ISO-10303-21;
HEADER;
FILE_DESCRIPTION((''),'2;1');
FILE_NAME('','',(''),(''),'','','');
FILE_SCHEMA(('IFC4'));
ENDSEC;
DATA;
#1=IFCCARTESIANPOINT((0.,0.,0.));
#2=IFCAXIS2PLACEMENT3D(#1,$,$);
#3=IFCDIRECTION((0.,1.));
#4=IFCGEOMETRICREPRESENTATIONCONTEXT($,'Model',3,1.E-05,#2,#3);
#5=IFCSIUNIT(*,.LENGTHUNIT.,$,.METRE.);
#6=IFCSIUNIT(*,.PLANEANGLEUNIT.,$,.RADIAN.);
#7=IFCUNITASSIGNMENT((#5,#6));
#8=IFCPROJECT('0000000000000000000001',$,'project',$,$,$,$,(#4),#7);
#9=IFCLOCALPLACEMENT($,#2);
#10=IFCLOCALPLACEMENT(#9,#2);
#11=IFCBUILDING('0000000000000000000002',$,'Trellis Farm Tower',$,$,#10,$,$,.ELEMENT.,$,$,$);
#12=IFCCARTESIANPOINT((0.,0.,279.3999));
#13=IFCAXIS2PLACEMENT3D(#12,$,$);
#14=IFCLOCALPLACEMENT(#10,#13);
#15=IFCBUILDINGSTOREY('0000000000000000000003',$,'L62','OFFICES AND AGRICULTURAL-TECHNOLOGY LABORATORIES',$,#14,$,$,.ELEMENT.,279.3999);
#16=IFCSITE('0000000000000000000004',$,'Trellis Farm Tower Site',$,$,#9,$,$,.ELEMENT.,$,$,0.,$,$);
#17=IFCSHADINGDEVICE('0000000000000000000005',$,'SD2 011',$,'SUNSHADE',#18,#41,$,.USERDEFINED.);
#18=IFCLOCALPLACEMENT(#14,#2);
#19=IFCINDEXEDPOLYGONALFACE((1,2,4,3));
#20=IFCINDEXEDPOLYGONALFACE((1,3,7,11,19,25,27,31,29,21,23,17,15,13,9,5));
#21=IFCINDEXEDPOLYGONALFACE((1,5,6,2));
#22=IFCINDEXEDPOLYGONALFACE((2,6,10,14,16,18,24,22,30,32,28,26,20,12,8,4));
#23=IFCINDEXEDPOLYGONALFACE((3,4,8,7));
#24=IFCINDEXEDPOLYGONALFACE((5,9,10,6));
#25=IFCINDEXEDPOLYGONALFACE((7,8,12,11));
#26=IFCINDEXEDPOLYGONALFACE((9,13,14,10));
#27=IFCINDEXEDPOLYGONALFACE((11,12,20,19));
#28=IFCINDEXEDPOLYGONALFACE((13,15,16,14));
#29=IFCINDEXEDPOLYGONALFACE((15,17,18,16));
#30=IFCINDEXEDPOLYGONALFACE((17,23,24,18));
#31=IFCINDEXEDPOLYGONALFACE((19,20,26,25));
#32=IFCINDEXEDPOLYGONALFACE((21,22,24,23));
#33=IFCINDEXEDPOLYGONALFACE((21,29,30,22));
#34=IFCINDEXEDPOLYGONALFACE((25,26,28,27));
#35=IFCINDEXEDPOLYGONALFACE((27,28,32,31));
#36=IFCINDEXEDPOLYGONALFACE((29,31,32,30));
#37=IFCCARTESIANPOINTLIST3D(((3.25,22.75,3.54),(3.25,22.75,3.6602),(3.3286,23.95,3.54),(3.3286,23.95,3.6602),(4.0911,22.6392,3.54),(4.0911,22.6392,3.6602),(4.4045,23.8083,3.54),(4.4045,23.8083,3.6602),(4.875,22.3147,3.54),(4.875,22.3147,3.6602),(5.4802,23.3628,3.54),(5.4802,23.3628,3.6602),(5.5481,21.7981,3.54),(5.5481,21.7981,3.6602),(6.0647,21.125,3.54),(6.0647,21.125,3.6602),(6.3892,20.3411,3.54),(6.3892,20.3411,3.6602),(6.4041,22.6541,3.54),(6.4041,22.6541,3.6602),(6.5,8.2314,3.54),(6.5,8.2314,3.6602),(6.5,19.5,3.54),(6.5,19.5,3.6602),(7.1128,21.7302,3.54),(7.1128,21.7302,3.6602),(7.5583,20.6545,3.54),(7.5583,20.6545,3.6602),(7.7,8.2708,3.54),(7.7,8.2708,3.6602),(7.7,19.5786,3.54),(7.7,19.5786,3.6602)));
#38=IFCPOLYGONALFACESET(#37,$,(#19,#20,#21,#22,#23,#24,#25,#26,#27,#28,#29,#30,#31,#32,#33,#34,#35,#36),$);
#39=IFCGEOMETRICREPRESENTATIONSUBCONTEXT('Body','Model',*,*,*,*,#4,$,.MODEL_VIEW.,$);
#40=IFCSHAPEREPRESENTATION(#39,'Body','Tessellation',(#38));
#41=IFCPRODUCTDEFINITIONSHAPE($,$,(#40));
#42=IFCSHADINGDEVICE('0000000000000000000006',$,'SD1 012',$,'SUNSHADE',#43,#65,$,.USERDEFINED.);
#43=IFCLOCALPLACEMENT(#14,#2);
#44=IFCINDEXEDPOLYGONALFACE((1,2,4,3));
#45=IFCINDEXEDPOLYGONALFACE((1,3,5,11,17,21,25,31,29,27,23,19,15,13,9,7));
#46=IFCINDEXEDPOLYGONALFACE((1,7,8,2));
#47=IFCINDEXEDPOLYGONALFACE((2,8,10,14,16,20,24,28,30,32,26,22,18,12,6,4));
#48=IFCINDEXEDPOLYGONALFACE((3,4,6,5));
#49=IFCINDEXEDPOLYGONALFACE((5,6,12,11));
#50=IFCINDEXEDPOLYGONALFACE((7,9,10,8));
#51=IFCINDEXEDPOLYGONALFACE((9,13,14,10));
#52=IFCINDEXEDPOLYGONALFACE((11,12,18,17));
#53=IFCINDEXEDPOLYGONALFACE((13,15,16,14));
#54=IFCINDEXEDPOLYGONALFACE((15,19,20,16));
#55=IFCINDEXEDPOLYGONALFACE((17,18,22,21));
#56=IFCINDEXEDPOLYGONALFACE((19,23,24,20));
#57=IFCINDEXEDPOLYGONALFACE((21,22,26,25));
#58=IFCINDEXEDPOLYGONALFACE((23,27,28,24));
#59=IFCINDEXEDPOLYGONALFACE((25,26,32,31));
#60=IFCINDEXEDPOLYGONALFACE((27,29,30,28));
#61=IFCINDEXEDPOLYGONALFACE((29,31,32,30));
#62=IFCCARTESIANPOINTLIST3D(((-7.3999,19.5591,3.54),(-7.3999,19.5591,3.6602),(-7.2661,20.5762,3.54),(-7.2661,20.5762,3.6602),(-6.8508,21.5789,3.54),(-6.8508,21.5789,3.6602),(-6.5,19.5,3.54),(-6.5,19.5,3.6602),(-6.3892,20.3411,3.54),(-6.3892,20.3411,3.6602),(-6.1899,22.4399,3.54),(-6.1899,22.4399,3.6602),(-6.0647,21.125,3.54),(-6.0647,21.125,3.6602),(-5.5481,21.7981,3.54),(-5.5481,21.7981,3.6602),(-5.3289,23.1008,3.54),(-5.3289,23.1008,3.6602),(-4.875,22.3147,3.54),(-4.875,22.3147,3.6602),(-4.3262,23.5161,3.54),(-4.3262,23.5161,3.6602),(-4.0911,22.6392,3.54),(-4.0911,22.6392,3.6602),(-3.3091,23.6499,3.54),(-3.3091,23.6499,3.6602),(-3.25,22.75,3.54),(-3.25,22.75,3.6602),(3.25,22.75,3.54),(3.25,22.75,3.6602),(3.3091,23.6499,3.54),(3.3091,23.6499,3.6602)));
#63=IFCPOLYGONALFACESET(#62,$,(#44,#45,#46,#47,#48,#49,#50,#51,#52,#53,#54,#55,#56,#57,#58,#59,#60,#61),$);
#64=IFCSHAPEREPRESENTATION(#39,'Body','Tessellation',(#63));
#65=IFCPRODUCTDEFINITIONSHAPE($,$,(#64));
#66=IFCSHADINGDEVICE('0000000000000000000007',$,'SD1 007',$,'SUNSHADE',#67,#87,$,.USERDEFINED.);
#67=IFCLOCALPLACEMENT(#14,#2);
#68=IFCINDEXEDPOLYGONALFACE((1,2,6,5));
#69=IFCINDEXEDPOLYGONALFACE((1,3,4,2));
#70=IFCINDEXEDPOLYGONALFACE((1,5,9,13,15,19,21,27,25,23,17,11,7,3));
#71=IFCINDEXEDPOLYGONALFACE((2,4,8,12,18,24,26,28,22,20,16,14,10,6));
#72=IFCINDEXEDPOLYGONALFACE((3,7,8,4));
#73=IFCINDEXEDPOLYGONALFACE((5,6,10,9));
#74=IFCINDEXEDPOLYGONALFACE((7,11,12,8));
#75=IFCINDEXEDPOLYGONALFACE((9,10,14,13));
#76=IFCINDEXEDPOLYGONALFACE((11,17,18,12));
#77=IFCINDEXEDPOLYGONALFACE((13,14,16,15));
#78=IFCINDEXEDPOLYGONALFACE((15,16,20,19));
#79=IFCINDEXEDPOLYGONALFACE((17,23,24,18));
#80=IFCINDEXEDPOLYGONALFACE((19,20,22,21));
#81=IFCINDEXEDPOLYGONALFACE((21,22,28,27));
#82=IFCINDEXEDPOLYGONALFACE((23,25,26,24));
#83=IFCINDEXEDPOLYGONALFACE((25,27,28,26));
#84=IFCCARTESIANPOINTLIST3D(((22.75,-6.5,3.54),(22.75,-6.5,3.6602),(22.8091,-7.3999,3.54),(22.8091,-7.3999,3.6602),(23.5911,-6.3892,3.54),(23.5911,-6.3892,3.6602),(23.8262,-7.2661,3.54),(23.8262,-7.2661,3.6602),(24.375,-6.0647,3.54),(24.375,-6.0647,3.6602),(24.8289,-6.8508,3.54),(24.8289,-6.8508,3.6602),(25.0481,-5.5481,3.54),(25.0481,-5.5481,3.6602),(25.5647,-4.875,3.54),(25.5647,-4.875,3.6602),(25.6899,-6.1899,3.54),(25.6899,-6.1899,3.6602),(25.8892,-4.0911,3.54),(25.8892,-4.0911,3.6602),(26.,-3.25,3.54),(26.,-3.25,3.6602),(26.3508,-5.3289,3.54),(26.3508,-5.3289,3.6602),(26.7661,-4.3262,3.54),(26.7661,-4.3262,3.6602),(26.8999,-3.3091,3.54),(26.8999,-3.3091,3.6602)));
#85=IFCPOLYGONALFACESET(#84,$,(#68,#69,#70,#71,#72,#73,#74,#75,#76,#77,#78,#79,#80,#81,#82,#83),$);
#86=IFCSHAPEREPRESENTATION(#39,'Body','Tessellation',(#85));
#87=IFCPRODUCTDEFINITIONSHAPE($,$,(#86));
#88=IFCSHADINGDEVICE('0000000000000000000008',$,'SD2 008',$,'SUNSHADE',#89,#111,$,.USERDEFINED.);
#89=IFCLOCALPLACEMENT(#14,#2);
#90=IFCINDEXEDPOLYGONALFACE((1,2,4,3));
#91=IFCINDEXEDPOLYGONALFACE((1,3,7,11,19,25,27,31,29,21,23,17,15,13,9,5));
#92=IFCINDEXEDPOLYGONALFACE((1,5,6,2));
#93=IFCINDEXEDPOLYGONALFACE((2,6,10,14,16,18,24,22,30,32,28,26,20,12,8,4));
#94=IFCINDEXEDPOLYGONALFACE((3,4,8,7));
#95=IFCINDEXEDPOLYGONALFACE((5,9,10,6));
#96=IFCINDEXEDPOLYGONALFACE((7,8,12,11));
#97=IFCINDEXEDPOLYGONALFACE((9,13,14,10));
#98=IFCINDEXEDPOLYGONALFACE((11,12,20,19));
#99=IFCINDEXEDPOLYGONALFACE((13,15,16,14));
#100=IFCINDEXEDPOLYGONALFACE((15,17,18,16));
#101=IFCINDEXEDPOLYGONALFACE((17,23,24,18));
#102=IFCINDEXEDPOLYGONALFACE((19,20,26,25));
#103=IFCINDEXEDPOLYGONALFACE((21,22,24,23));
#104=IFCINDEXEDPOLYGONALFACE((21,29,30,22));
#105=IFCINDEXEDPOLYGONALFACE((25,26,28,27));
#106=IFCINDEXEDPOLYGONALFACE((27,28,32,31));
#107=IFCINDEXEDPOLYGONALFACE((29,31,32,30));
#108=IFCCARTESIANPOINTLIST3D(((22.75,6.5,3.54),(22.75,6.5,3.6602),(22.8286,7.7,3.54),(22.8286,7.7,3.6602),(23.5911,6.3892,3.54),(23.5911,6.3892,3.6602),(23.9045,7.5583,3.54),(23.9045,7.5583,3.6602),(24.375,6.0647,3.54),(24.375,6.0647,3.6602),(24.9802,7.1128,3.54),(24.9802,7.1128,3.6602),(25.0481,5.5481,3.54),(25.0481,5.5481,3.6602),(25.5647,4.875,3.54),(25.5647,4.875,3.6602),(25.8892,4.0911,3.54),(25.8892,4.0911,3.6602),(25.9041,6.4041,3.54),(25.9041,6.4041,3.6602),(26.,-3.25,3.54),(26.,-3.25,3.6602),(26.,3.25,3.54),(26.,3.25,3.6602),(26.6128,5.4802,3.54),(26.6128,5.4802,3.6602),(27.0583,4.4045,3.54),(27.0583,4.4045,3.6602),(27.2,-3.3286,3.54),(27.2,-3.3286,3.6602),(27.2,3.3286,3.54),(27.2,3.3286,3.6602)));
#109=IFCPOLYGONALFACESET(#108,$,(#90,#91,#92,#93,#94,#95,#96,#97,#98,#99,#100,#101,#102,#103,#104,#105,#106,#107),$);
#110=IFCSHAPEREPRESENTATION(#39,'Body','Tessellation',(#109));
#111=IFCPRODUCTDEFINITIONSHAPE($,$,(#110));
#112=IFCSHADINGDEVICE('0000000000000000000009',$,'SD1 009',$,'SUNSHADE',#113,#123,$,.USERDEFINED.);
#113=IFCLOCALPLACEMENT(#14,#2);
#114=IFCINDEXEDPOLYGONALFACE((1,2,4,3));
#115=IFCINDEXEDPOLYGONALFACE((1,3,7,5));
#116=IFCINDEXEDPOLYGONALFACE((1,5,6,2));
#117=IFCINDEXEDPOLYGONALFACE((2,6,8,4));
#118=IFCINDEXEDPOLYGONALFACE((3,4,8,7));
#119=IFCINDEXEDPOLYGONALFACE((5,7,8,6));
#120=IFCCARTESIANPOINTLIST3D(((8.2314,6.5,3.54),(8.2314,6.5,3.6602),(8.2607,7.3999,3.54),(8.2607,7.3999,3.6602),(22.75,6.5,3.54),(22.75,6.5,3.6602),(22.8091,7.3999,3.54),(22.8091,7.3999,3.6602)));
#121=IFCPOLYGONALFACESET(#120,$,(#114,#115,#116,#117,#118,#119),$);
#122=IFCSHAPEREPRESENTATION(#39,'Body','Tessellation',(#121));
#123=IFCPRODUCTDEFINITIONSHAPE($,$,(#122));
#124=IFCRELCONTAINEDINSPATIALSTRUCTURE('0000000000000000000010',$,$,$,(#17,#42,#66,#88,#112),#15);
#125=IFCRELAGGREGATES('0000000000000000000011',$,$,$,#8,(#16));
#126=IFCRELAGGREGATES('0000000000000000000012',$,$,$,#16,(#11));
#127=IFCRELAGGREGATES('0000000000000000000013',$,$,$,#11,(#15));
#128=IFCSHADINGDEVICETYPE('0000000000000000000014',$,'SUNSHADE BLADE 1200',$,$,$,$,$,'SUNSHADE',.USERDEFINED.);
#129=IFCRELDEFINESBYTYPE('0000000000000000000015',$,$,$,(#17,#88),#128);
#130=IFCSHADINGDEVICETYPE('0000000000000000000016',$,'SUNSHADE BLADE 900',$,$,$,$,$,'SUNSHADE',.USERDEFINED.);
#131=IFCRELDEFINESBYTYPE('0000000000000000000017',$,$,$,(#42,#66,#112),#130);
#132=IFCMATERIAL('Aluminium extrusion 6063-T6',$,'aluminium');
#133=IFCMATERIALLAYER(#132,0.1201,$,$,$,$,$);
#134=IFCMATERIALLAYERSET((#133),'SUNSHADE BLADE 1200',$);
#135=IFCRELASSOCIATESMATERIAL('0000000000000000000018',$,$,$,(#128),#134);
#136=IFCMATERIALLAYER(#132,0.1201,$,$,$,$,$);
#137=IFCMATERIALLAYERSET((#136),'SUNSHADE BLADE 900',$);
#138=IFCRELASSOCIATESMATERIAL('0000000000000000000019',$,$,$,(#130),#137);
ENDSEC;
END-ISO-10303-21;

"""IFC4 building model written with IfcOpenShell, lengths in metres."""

from ifc_helpers import new_model, si_unit, direction, frame, origin, place, context, subcontext, project, spatial, polyline, outline, extrude, source, transform, mapped, material, layer, layer_set, type_object, element, save


model = new_model("IFC4")

# Units and contexts
model_context = context("Model", 3, precision=1e-05, world=origin(), true_north=direction((0.0, 1.0)))
body_context = subcontext(model_context, "Body", "Model", "MODEL_VIEW")
ifc_project = project(units=[si_unit("LENGTHUNIT", "METRE"), si_unit("PLANEANGLEUNIT", "RADIAN")], contexts=[model_context])

# Site, building, storey
site_placement = place(None, origin())
site = spatial("IfcSite", under=ifc_project, at=site_placement, Name="Trellis Farm Tower Site", CompositionType="ELEMENT", RefElevation=0.0)
building_placement = place(site_placement, origin())
building = spatial("IfcBuilding", under=site, at=building_placement, Name="Trellis Farm Tower", CompositionType="ELEMENT")
storey_placement = place(building_placement, frame((0.0, 0.0, 279.3999)))
storey = spatial("IfcBuildingStorey", under=building, at=storey_placement, Name="L62", Description="OFFICES AND AGRICULTURAL-TECHNOLOGY LABORATORIES", CompositionType="ELEMENT", Elevation=279.3999)

# Shared definitions
ifc_material_1 = material(Name="Aluminium extrusion 6063-T6", Category="aluminium")

# Shading devices
ifc_layer_1 = layer(ifc_material_1, 0.1201)
ifc_layer_set_1 = layer_set([ifc_layer_1], Name="SUNSHADE BLADE 1200")
shading_device_type_1 = type_object("IfcShadingDeviceType", Name="SUNSHADE BLADE 1200", ElementType="SUNSHADE", PredefinedType="USERDEFINED", material=ifc_layer_set_1)
placement_1 = place(storey_placement, frame((0.0, 0.0, 3.54)))
ifc_layer_2 = layer(ifc_material_1, 0.1201)
ifc_layer_set_2 = layer_set([ifc_layer_2], Name="SUNSHADE BLADE 900")
shading_device_type_2 = type_object("IfcShadingDeviceType", Name="SUNSHADE BLADE 900", ElementType="SUNSHADE", PredefinedType="USERDEFINED", material=ifc_layer_set_2)
shared_shape_1 = source(origin(), body_context, "Body", "SweptSolid", [
    extrude(outline(polyline([(7.7, 8.2708), (7.7, 19.5786), (7.5583, 20.6545), (7.1128, 21.7302), (6.4041, 22.6541), (5.4802, 23.3628), (4.4045, 23.8083), (3.3286, 23.95), (3.25, 22.75), (4.0911, 22.6392), (4.875, 22.3147), (5.5481, 21.7981), (6.0647, 21.125), (6.3892, 20.3411), (6.5, 19.5), (6.5, 8.2314), (7.7, 8.2708)])), origin(), (0.0, 0.0, 1.0), 0.1201),
])
element("IfcShadingDevice", 1, at=placement_1, inside=storey, type_object=shading_device_type_1, Name="SD2 011", ObjectType="SUNSHADE", PredefinedType="USERDEFINED", context=body_context, shape_type="MappedRepresentation", body=[
    mapped(shared_shape_1, transform((0.0, 0.0, 0.0))),
])
shared_shape_2 = source(origin(), body_context, "Body", "SweptSolid", [
    extrude(outline(polyline([(3.3091, 23.6499), (-3.3091, 23.6499), (-4.3262, 23.5161), (-5.3289, 23.1008), (-6.1899, 22.4399), (-6.8508, 21.5789), (-7.2661, 20.5762), (-7.3999, 19.5591), (-6.5, 19.5), (-6.3892, 20.3411), (-6.0647, 21.125), (-5.5481, 21.7981), (-4.875, 22.3147), (-4.0911, 22.6392), (-3.25, 22.75), (3.25, 22.75), (3.3091, 23.6499)])), origin(), (0.0, 0.0, 1.0), 0.1201),
])
element("IfcShadingDevice", 2, at=placement_1, inside=storey, type_object=shading_device_type_2, Name="SD1 012", ObjectType="SUNSHADE", PredefinedType="USERDEFINED", context=body_context, shape_type="MappedRepresentation", body=[
    mapped(shared_shape_2, transform((0.0, 0.0, 0.0))),
])
shared_shape_3 = source(origin(), body_context, "Body", "SweptSolid", [
    extrude(outline(polyline([(22.8091, -7.3999), (23.8262, -7.2661), (24.8289, -6.8508), (25.6899, -6.1899), (26.3508, -5.3289), (26.7661, -4.3262), (26.8999, -3.3091), (26.0, -3.25), (25.8892, -4.0911), (25.5647, -4.875), (25.0481, -5.5481), (24.375, -6.0647), (23.5911, -6.3892), (22.75, -6.5), (22.8091, -7.3999)])), origin(), (0.0, 0.0, 1.0), 0.1201),
])
element("IfcShadingDevice", 3, at=placement_1, inside=storey, type_object=shading_device_type_2, Name="SD1 007", ObjectType="SUNSHADE", PredefinedType="USERDEFINED", context=body_context, shape_type="MappedRepresentation", body=[
    mapped(shared_shape_3, transform((0.0, 0.0, 0.0))),
])
shared_shape_4 = source(origin(), body_context, "Body", "SweptSolid", [
    extrude(outline(polyline([(27.2, -3.3286), (27.2, 3.3286), (27.0583, 4.4045), (26.6128, 5.4802), (25.9041, 6.4041), (24.9802, 7.1128), (23.9045, 7.5583), (22.8286, 7.7), (22.75, 6.5), (23.5911, 6.3892), (24.375, 6.0647), (25.0481, 5.5481), (25.5647, 4.875), (25.8892, 4.0911), (26.0, 3.25), (26.0, -3.25), (27.2, -3.3286)])), origin(), (0.0, 0.0, 1.0), 0.1201),
])
element("IfcShadingDevice", 4, at=placement_1, inside=storey, type_object=shading_device_type_1, Name="SD2 008", ObjectType="SUNSHADE", PredefinedType="USERDEFINED", context=body_context, shape_type="MappedRepresentation", body=[
    mapped(shared_shape_4, transform((0.0, 0.0, 0.0))),
])
shared_shape_5 = source(origin(), body_context, "Body", "SweptSolid", [
    extrude(outline(polyline([(22.8091, 7.3999), (8.2607, 7.3999), (8.2314, 6.5), (22.75, 6.5), (22.8091, 7.3999)])), origin(), (0.0, 0.0, 1.0), 0.1201),
])
element("IfcShadingDevice", 5, at=placement_1, inside=storey, type_object=shading_device_type_2, Name="SD1 009", ObjectType="SUNSHADE", PredefinedType="USERDEFINED", context=body_context, shape_type="MappedRepresentation", body=[
    mapped(shared_shape_5, transform((0.0, 0.0, 0.0))),
])

save(model, "model.ifc")
